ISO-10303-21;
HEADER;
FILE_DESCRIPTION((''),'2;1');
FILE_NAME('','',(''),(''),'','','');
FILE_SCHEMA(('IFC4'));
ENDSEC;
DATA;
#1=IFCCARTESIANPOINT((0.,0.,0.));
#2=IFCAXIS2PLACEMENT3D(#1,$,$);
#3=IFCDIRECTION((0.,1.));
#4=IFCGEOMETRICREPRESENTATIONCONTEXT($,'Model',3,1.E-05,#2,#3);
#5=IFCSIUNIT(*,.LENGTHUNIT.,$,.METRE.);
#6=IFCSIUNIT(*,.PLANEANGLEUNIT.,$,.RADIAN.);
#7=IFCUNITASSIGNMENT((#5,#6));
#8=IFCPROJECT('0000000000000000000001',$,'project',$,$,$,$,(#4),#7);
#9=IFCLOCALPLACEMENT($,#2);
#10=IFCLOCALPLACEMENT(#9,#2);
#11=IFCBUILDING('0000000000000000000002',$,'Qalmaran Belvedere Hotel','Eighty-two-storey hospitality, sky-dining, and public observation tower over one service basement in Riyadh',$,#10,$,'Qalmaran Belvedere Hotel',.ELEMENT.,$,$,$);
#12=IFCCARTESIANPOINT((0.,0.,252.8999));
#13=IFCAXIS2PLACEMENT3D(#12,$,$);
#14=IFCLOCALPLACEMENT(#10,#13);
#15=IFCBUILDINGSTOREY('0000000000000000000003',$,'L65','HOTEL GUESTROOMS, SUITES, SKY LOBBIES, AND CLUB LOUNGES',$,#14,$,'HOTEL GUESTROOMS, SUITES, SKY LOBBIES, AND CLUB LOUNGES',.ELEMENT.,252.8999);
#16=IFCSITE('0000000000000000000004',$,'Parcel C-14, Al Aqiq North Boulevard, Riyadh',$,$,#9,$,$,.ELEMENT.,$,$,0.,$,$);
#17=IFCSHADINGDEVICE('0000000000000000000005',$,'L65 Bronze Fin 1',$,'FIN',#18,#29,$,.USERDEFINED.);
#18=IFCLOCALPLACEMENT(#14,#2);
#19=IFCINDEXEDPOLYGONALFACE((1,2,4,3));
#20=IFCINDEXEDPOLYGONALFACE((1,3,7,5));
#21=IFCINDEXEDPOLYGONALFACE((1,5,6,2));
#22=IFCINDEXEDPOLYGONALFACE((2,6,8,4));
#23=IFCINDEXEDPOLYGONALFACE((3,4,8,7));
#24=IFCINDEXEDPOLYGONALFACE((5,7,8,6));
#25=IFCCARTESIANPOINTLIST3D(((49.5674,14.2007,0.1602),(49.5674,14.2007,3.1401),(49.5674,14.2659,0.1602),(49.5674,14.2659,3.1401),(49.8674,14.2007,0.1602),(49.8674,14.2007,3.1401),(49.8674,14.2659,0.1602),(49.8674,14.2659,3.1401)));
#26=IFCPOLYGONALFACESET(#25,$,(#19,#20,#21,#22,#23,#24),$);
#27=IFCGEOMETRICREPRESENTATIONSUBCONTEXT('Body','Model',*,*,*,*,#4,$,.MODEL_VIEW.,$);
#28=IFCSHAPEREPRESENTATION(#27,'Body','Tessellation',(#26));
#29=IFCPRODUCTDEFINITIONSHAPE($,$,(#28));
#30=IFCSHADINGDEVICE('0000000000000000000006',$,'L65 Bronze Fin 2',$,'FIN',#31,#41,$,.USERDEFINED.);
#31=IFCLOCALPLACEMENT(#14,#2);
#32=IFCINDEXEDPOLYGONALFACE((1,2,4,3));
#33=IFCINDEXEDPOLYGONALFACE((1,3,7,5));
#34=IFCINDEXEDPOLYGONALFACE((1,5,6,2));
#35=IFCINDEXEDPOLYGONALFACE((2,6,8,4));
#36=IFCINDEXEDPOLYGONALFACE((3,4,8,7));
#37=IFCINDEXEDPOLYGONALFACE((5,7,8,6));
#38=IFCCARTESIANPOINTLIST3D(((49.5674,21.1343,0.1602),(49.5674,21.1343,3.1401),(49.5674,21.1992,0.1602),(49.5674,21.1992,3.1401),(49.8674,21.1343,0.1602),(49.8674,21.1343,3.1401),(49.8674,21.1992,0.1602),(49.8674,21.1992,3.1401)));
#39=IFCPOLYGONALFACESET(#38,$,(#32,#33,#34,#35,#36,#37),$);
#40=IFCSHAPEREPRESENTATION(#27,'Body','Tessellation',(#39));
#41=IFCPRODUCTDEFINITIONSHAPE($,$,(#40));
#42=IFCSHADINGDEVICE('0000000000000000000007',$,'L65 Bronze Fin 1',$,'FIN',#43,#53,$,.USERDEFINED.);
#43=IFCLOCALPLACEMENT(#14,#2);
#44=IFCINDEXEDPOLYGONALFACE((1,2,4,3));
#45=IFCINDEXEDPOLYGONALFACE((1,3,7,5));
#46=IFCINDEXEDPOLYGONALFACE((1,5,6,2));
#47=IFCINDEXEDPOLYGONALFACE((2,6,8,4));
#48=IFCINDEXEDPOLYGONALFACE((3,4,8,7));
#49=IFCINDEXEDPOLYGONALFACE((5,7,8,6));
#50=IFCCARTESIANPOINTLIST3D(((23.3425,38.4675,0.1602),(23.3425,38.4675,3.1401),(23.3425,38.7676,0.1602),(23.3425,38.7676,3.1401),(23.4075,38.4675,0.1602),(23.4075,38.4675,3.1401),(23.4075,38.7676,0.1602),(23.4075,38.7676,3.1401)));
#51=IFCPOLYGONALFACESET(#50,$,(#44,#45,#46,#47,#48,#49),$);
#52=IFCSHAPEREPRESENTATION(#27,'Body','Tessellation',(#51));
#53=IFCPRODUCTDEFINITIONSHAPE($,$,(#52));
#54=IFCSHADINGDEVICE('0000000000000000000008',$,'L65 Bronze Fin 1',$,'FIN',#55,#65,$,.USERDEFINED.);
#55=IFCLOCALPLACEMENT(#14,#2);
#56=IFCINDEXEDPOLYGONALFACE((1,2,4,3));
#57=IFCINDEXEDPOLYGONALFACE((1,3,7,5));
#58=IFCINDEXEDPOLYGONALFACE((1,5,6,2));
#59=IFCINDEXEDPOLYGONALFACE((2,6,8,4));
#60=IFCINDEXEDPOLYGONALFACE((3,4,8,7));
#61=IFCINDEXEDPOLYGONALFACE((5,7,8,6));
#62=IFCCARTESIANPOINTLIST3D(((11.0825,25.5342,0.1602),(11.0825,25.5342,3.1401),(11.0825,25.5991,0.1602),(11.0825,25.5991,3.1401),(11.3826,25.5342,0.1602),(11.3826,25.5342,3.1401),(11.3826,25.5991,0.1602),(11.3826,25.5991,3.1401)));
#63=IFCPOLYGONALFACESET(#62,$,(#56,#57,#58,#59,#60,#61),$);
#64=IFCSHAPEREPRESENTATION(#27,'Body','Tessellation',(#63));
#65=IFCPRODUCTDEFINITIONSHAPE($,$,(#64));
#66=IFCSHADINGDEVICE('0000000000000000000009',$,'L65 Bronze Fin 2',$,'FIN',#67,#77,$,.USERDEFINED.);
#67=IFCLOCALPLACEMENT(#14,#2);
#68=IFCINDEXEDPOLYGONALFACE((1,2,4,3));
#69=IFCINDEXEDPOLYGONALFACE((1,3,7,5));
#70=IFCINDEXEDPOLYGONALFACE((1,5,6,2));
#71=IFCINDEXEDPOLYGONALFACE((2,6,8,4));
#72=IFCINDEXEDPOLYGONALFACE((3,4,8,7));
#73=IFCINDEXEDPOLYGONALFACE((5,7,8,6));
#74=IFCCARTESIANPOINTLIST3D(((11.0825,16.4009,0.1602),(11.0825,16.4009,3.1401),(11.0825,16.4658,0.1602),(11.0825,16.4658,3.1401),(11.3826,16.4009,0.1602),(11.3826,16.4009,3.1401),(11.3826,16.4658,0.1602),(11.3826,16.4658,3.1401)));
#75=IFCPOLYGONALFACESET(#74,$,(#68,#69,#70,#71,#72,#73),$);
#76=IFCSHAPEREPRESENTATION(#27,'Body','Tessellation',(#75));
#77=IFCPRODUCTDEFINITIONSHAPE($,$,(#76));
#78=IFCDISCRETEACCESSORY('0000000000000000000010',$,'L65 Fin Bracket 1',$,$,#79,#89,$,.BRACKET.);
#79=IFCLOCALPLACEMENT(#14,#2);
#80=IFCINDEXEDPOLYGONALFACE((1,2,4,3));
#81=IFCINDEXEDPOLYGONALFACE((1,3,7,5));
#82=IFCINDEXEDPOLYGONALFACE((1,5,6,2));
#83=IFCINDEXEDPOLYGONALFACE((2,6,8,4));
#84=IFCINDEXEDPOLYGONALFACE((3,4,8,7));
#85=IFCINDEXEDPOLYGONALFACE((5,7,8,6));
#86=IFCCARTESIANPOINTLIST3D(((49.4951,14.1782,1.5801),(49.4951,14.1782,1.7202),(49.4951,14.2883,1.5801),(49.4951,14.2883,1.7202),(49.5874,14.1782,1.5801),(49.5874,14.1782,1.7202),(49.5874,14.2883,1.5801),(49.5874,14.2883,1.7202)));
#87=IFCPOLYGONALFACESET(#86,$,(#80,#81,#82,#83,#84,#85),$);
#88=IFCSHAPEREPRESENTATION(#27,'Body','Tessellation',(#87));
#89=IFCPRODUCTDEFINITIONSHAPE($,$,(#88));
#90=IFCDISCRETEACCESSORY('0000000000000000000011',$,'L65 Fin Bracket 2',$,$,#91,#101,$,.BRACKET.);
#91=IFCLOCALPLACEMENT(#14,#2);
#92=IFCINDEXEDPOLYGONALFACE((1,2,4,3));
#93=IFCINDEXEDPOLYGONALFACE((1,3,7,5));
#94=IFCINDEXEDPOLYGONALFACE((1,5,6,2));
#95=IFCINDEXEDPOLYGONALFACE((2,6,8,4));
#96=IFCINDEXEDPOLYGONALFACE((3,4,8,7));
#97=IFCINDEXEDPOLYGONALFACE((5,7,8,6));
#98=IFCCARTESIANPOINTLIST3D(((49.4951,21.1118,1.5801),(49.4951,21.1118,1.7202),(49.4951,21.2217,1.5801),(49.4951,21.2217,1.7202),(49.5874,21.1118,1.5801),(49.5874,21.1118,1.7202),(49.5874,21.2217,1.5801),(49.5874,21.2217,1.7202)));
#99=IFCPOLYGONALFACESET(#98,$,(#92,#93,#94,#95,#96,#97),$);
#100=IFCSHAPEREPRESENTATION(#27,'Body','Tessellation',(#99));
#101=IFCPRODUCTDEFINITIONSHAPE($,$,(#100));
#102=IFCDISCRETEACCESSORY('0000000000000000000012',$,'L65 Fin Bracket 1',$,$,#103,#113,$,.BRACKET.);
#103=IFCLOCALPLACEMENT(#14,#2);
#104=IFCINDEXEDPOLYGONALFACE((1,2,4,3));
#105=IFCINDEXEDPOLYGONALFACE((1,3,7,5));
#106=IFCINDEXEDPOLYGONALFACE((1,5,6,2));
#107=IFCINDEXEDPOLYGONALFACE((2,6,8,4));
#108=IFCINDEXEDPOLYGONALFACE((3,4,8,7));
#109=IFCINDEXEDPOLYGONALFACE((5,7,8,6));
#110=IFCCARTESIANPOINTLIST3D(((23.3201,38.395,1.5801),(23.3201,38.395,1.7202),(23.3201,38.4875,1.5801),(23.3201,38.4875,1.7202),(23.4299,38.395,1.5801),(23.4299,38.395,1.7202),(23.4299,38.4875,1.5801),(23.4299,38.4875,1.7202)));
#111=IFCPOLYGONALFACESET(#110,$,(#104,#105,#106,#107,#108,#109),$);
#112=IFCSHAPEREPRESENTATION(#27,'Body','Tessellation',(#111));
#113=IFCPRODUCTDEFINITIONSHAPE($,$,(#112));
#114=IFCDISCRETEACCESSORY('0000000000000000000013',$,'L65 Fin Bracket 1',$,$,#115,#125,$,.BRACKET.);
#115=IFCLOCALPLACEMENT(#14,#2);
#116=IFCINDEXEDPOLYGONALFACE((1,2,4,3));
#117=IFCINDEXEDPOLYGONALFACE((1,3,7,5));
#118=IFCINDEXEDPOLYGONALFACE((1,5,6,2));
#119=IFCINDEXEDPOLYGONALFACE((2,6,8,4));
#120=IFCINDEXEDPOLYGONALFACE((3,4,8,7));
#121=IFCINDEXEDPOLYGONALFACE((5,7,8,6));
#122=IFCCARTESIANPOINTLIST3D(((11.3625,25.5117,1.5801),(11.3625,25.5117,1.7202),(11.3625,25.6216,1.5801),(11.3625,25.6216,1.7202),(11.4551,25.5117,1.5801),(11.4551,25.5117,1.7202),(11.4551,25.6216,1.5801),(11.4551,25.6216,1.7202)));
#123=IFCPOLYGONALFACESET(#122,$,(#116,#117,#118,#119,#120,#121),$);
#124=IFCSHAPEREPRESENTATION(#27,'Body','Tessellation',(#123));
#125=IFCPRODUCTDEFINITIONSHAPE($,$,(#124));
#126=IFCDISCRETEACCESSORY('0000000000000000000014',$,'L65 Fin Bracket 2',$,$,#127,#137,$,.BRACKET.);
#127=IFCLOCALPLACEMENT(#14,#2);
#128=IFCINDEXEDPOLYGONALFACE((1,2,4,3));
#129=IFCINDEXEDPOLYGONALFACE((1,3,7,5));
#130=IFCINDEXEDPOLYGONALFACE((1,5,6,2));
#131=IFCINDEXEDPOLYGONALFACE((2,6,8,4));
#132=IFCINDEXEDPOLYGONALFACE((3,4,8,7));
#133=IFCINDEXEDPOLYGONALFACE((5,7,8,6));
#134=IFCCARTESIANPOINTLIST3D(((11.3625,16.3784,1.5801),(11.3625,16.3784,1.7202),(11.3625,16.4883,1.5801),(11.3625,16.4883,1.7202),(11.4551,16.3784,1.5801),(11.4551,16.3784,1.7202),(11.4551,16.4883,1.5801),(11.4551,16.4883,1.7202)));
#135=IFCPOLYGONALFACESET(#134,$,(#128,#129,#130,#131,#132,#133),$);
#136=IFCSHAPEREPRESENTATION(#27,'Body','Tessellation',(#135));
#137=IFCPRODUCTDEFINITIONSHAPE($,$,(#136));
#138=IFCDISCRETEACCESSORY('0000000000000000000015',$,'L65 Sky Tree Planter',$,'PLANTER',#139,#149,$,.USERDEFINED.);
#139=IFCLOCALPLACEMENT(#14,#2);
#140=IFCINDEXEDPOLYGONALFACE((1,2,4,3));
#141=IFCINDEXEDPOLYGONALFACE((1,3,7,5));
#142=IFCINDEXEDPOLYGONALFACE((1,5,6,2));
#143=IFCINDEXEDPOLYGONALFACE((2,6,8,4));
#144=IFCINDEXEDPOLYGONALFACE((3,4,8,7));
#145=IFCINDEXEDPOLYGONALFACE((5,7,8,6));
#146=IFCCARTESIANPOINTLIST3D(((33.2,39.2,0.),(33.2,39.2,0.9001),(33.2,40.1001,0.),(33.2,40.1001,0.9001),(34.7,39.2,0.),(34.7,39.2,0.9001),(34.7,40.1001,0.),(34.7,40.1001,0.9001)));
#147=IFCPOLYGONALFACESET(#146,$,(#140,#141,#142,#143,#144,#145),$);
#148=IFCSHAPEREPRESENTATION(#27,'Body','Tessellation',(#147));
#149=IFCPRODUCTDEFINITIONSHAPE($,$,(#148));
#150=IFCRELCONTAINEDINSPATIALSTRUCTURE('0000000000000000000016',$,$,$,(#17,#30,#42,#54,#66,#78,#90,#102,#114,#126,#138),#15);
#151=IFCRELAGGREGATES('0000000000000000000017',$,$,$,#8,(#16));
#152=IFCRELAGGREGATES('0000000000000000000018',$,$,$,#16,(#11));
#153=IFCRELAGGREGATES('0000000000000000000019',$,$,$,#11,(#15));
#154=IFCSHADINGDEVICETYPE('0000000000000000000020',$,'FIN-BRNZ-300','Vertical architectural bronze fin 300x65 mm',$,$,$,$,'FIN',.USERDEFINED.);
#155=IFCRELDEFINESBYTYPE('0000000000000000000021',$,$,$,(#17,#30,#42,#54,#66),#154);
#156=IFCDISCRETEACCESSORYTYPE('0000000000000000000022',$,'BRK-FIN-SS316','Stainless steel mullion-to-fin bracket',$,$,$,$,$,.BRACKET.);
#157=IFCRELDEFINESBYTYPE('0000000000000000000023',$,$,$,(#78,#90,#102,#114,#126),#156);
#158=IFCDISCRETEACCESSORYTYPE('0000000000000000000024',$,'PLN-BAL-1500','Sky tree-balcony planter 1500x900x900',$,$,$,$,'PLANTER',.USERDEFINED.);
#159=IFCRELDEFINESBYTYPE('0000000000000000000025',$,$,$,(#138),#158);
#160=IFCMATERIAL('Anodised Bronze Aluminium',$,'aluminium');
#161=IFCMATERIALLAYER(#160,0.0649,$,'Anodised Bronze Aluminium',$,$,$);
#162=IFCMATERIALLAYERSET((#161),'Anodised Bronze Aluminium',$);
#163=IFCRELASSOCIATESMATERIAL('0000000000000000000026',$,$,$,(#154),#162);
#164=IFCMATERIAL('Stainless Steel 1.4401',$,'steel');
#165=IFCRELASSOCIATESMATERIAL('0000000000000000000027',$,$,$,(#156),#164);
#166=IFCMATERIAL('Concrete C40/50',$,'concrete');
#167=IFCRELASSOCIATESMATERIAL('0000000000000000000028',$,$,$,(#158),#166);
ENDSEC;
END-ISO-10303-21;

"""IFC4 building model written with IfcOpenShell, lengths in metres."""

from ifc_helpers import new_model, si_unit, direction, frame, origin, place, context, subcontext, project, spatial, polyline, outline, extrude, material, layer, layer_set, type_object, element, save


model = new_model("IFC4")

# Units and contexts
model_context = context("Model", 3, precision=1e-05, world=origin(), true_north=direction((0.0, 1.0)))
body_context = subcontext(model_context, "Body", "Model", "MODEL_VIEW")
ifc_project = project(units=[si_unit("LENGTHUNIT", "METRE"), si_unit("PLANEANGLEUNIT", "RADIAN")], contexts=[model_context])

# Site, building, storey
site_placement = place(None, origin())
site = spatial("IfcSite", under=ifc_project, at=site_placement, Name="Parcel C-14, Al Aqiq North Boulevard, Riyadh", CompositionType="ELEMENT", RefElevation=0.0)
building_placement = place(site_placement, origin())
building = spatial("IfcBuilding", under=site, at=building_placement, Name="Qalmaran Belvedere Hotel", Description="Eighty-two-storey hospitality, sky-dining, and public observation tower over one service basement in Riyadh", LongName="Qalmaran Belvedere Hotel", CompositionType="ELEMENT")
storey_placement = place(building_placement, frame((0.0, 0.0, 252.8999)))
storey = spatial("IfcBuildingStorey", under=building, at=storey_placement, Name="L65", Description="HOTEL GUESTROOMS, SUITES, SKY LOBBIES, AND CLUB LOUNGES", LongName="HOTEL GUESTROOMS, SUITES, SKY LOBBIES, AND CLUB LOUNGES", CompositionType="ELEMENT", Elevation=252.8999)

# Shared definitions
ifc_material_1 = material(Name="Anodised Bronze Aluminium", Category="aluminium")

# Shared definitions
ifc_material_2 = material(Name="Concrete C40/50", Category="concrete")

# Shading devices
ifc_layer_1 = layer(ifc_material_1, 0.0649, Name="Anodised Bronze Aluminium")
ifc_layer_set_1 = layer_set([ifc_layer_1], Name="Anodised Bronze Aluminium")
shading_device_type = type_object("IfcShadingDeviceType", Name="FIN-BRNZ-300", Description="Vertical architectural bronze fin 300x65 mm", ElementType="FIN", PredefinedType="USERDEFINED", material=ifc_layer_set_1)
shading_device_1_placement = place(storey_placement, frame((0.0, 0.0, 0.1602)))
element("IfcShadingDevice", 1, at=shading_device_1_placement, inside=storey, type_object=shading_device_type, Name="L65 Bronze Fin 1", ObjectType="FIN", PredefinedType="USERDEFINED", context=body_context, shape_type="SweptSolid", body=[
    extrude(outline(polyline([(49.5674, 14.2007), (49.8674, 14.2007), (49.8674, 14.2659), (49.5674, 14.2659), (49.5674, 14.2007)])), origin(), (0.0, 0.0, 1.0), 2.98),
])
shading_device_2_placement = place(storey_placement, frame((0.0, 0.0, 0.1602)))
element("IfcShadingDevice", 2, at=shading_device_2_placement, inside=storey, type_object=shading_device_type, Name="L65 Bronze Fin 2", ObjectType="FIN", PredefinedType="USERDEFINED", context=body_context, shape_type="SweptSolid", body=[
    extrude(outline(polyline([(49.5674, 21.1343), (49.8674, 21.1343), (49.8674, 21.1992), (49.5674, 21.1992), (49.5674, 21.1343)])), origin(), (0.0, 0.0, 1.0), 2.98),
])
shading_device_3_placement = place(storey_placement, frame((0.0, 0.0, 0.1602)))
element("IfcShadingDevice", 3, at=shading_device_3_placement, inside=storey, type_object=shading_device_type, Name="L65 Bronze Fin 1", ObjectType="FIN", PredefinedType="USERDEFINED", context=body_context, shape_type="SweptSolid", body=[
    extrude(outline(polyline([(23.4075, 38.4675), (23.4075, 38.7676), (23.3425, 38.7676), (23.3425, 38.4675), (23.4075, 38.4675)])), origin(), (0.0, 0.0, 1.0), 2.98),
])
shading_device_4_placement = place(storey_placement, frame((0.0, 0.0, 0.1602)))
element("IfcShadingDevice", 4, at=shading_device_4_placement, inside=storey, type_object=shading_device_type, Name="L65 Bronze Fin 1", ObjectType="FIN", PredefinedType="USERDEFINED", context=body_context, shape_type="SweptSolid", body=[
    extrude(outline(polyline([(11.3826, 25.5991), (11.0825, 25.5991), (11.0825, 25.5342), (11.3826, 25.5342), (11.3826, 25.5991)])), origin(), (0.0, 0.0, 1.0), 2.98),
])
shading_device_5_placement = place(storey_placement, frame((0.0, 0.0, 0.1602)))
element("IfcShadingDevice", 5, at=shading_device_5_placement, inside=storey, type_object=shading_device_type, Name="L65 Bronze Fin 2", ObjectType="FIN", PredefinedType="USERDEFINED", context=body_context, shape_type="SweptSolid", body=[
    extrude(outline(polyline([(11.3826, 16.4658), (11.0825, 16.4658), (11.0825, 16.4009), (11.3826, 16.4009), (11.3826, 16.4658)])), origin(), (0.0, 0.0, 1.0), 2.98),
])

# Discrete accessories
ifc_material_3 = material(Name="Stainless Steel 1.4401", Category="steel")
discrete_accessory_type_1 = type_object("IfcDiscreteAccessoryType", Name="BRK-FIN-SS316", Description="Stainless steel mullion-to-fin bracket", PredefinedType="BRACKET", material=ifc_material_3)
discrete_accessory_1_placement = place(storey_placement, frame((0.0, 0.0, 1.5801)))
element("IfcDiscreteAccessory", 6, at=discrete_accessory_1_placement, inside=storey, type_object=discrete_accessory_type_1, Name="L65 Fin Bracket 1", PredefinedType="BRACKET", context=body_context, shape_type="SweptSolid", body=[
    extrude(outline(polyline([(49.4951, 14.1782), (49.5874, 14.1782), (49.5874, 14.2883), (49.4951, 14.2883), (49.4951, 14.1782)])), origin(), (0.0, 0.0, 1.0), 0.1401),
])
discrete_accessory_2_placement = place(storey_placement, frame((0.0, 0.0, 1.5801)))
element("IfcDiscreteAccessory", 7, at=discrete_accessory_2_placement, inside=storey, type_object=discrete_accessory_type_1, Name="L65 Fin Bracket 2", PredefinedType="BRACKET", context=body_context, shape_type="SweptSolid", body=[
    extrude(outline(polyline([(49.4951, 21.1118), (49.5874, 21.1118), (49.5874, 21.2217), (49.4951, 21.2217), (49.4951, 21.1118)])), origin(), (0.0, 0.0, 1.0), 0.1401),
])
discrete_accessory_3_placement = place(storey_placement, frame((0.0, 0.0, 1.5801)))
element("IfcDiscreteAccessory", 8, at=discrete_accessory_3_placement, inside=storey, type_object=discrete_accessory_type_1, Name="L65 Fin Bracket 1", PredefinedType="BRACKET", context=body_context, shape_type="SweptSolid", body=[
    extrude(outline(polyline([(23.4299, 38.395), (23.4299, 38.4875), (23.3201, 38.4875), (23.3201, 38.395), (23.4299, 38.395)])), origin(), (0.0, 0.0, 1.0), 0.1401),
])
discrete_accessory_4_placement = place(storey_placement, frame((0.0, 0.0, 1.5801)))
element("IfcDiscreteAccessory", 9, at=discrete_accessory_4_placement, inside=storey, type_object=discrete_accessory_type_1, Name="L65 Fin Bracket 1", PredefinedType="BRACKET", context=body_context, shape_type="SweptSolid", body=[
    extrude(outline(polyline([(11.4551, 25.6216), (11.3625, 25.6216), (11.3625, 25.5117), (11.4551, 25.5117), (11.4551, 25.6216)])), origin(), (0.0, 0.0, 1.0), 0.1401),
])
discrete_accessory_5_placement = place(storey_placement, frame((0.0, 0.0, 1.5801)))
element("IfcDiscreteAccessory", 10, at=discrete_accessory_5_placement, inside=storey, type_object=discrete_accessory_type_1, Name="L65 Fin Bracket 2", PredefinedType="BRACKET", context=body_context, shape_type="SweptSolid", body=[
    extrude(outline(polyline([(11.4551, 16.4883), (11.3625, 16.4883), (11.3625, 16.3784), (11.4551, 16.3784), (11.4551, 16.4883)])), origin(), (0.0, 0.0, 1.0), 0.1401),
])
discrete_accessory_type_2 = type_object("IfcDiscreteAccessoryType", Name="PLN-BAL-1500", Description="Sky tree-balcony planter 1500x900x900", ElementType="PLANTER", PredefinedType="USERDEFINED", material=ifc_material_2)
discrete_accessory_6_placement = place(storey_placement, origin())
element("IfcDiscreteAccessory", 11, at=discrete_accessory_6_placement, inside=storey, type_object=discrete_accessory_type_2, Name="L65 Sky Tree Planter", ObjectType="PLANTER", PredefinedType="USERDEFINED", context=body_context, shape_type="SweptSolid", body=[
    extrude(outline(polyline([(33.2, 39.2), (34.7, 39.2), (34.7, 40.1001), (33.2, 40.1001), (33.2, 39.2)])), origin(), (0.0, 0.0, 1.0), 0.9001),
])

save(model, "model.ifc")
